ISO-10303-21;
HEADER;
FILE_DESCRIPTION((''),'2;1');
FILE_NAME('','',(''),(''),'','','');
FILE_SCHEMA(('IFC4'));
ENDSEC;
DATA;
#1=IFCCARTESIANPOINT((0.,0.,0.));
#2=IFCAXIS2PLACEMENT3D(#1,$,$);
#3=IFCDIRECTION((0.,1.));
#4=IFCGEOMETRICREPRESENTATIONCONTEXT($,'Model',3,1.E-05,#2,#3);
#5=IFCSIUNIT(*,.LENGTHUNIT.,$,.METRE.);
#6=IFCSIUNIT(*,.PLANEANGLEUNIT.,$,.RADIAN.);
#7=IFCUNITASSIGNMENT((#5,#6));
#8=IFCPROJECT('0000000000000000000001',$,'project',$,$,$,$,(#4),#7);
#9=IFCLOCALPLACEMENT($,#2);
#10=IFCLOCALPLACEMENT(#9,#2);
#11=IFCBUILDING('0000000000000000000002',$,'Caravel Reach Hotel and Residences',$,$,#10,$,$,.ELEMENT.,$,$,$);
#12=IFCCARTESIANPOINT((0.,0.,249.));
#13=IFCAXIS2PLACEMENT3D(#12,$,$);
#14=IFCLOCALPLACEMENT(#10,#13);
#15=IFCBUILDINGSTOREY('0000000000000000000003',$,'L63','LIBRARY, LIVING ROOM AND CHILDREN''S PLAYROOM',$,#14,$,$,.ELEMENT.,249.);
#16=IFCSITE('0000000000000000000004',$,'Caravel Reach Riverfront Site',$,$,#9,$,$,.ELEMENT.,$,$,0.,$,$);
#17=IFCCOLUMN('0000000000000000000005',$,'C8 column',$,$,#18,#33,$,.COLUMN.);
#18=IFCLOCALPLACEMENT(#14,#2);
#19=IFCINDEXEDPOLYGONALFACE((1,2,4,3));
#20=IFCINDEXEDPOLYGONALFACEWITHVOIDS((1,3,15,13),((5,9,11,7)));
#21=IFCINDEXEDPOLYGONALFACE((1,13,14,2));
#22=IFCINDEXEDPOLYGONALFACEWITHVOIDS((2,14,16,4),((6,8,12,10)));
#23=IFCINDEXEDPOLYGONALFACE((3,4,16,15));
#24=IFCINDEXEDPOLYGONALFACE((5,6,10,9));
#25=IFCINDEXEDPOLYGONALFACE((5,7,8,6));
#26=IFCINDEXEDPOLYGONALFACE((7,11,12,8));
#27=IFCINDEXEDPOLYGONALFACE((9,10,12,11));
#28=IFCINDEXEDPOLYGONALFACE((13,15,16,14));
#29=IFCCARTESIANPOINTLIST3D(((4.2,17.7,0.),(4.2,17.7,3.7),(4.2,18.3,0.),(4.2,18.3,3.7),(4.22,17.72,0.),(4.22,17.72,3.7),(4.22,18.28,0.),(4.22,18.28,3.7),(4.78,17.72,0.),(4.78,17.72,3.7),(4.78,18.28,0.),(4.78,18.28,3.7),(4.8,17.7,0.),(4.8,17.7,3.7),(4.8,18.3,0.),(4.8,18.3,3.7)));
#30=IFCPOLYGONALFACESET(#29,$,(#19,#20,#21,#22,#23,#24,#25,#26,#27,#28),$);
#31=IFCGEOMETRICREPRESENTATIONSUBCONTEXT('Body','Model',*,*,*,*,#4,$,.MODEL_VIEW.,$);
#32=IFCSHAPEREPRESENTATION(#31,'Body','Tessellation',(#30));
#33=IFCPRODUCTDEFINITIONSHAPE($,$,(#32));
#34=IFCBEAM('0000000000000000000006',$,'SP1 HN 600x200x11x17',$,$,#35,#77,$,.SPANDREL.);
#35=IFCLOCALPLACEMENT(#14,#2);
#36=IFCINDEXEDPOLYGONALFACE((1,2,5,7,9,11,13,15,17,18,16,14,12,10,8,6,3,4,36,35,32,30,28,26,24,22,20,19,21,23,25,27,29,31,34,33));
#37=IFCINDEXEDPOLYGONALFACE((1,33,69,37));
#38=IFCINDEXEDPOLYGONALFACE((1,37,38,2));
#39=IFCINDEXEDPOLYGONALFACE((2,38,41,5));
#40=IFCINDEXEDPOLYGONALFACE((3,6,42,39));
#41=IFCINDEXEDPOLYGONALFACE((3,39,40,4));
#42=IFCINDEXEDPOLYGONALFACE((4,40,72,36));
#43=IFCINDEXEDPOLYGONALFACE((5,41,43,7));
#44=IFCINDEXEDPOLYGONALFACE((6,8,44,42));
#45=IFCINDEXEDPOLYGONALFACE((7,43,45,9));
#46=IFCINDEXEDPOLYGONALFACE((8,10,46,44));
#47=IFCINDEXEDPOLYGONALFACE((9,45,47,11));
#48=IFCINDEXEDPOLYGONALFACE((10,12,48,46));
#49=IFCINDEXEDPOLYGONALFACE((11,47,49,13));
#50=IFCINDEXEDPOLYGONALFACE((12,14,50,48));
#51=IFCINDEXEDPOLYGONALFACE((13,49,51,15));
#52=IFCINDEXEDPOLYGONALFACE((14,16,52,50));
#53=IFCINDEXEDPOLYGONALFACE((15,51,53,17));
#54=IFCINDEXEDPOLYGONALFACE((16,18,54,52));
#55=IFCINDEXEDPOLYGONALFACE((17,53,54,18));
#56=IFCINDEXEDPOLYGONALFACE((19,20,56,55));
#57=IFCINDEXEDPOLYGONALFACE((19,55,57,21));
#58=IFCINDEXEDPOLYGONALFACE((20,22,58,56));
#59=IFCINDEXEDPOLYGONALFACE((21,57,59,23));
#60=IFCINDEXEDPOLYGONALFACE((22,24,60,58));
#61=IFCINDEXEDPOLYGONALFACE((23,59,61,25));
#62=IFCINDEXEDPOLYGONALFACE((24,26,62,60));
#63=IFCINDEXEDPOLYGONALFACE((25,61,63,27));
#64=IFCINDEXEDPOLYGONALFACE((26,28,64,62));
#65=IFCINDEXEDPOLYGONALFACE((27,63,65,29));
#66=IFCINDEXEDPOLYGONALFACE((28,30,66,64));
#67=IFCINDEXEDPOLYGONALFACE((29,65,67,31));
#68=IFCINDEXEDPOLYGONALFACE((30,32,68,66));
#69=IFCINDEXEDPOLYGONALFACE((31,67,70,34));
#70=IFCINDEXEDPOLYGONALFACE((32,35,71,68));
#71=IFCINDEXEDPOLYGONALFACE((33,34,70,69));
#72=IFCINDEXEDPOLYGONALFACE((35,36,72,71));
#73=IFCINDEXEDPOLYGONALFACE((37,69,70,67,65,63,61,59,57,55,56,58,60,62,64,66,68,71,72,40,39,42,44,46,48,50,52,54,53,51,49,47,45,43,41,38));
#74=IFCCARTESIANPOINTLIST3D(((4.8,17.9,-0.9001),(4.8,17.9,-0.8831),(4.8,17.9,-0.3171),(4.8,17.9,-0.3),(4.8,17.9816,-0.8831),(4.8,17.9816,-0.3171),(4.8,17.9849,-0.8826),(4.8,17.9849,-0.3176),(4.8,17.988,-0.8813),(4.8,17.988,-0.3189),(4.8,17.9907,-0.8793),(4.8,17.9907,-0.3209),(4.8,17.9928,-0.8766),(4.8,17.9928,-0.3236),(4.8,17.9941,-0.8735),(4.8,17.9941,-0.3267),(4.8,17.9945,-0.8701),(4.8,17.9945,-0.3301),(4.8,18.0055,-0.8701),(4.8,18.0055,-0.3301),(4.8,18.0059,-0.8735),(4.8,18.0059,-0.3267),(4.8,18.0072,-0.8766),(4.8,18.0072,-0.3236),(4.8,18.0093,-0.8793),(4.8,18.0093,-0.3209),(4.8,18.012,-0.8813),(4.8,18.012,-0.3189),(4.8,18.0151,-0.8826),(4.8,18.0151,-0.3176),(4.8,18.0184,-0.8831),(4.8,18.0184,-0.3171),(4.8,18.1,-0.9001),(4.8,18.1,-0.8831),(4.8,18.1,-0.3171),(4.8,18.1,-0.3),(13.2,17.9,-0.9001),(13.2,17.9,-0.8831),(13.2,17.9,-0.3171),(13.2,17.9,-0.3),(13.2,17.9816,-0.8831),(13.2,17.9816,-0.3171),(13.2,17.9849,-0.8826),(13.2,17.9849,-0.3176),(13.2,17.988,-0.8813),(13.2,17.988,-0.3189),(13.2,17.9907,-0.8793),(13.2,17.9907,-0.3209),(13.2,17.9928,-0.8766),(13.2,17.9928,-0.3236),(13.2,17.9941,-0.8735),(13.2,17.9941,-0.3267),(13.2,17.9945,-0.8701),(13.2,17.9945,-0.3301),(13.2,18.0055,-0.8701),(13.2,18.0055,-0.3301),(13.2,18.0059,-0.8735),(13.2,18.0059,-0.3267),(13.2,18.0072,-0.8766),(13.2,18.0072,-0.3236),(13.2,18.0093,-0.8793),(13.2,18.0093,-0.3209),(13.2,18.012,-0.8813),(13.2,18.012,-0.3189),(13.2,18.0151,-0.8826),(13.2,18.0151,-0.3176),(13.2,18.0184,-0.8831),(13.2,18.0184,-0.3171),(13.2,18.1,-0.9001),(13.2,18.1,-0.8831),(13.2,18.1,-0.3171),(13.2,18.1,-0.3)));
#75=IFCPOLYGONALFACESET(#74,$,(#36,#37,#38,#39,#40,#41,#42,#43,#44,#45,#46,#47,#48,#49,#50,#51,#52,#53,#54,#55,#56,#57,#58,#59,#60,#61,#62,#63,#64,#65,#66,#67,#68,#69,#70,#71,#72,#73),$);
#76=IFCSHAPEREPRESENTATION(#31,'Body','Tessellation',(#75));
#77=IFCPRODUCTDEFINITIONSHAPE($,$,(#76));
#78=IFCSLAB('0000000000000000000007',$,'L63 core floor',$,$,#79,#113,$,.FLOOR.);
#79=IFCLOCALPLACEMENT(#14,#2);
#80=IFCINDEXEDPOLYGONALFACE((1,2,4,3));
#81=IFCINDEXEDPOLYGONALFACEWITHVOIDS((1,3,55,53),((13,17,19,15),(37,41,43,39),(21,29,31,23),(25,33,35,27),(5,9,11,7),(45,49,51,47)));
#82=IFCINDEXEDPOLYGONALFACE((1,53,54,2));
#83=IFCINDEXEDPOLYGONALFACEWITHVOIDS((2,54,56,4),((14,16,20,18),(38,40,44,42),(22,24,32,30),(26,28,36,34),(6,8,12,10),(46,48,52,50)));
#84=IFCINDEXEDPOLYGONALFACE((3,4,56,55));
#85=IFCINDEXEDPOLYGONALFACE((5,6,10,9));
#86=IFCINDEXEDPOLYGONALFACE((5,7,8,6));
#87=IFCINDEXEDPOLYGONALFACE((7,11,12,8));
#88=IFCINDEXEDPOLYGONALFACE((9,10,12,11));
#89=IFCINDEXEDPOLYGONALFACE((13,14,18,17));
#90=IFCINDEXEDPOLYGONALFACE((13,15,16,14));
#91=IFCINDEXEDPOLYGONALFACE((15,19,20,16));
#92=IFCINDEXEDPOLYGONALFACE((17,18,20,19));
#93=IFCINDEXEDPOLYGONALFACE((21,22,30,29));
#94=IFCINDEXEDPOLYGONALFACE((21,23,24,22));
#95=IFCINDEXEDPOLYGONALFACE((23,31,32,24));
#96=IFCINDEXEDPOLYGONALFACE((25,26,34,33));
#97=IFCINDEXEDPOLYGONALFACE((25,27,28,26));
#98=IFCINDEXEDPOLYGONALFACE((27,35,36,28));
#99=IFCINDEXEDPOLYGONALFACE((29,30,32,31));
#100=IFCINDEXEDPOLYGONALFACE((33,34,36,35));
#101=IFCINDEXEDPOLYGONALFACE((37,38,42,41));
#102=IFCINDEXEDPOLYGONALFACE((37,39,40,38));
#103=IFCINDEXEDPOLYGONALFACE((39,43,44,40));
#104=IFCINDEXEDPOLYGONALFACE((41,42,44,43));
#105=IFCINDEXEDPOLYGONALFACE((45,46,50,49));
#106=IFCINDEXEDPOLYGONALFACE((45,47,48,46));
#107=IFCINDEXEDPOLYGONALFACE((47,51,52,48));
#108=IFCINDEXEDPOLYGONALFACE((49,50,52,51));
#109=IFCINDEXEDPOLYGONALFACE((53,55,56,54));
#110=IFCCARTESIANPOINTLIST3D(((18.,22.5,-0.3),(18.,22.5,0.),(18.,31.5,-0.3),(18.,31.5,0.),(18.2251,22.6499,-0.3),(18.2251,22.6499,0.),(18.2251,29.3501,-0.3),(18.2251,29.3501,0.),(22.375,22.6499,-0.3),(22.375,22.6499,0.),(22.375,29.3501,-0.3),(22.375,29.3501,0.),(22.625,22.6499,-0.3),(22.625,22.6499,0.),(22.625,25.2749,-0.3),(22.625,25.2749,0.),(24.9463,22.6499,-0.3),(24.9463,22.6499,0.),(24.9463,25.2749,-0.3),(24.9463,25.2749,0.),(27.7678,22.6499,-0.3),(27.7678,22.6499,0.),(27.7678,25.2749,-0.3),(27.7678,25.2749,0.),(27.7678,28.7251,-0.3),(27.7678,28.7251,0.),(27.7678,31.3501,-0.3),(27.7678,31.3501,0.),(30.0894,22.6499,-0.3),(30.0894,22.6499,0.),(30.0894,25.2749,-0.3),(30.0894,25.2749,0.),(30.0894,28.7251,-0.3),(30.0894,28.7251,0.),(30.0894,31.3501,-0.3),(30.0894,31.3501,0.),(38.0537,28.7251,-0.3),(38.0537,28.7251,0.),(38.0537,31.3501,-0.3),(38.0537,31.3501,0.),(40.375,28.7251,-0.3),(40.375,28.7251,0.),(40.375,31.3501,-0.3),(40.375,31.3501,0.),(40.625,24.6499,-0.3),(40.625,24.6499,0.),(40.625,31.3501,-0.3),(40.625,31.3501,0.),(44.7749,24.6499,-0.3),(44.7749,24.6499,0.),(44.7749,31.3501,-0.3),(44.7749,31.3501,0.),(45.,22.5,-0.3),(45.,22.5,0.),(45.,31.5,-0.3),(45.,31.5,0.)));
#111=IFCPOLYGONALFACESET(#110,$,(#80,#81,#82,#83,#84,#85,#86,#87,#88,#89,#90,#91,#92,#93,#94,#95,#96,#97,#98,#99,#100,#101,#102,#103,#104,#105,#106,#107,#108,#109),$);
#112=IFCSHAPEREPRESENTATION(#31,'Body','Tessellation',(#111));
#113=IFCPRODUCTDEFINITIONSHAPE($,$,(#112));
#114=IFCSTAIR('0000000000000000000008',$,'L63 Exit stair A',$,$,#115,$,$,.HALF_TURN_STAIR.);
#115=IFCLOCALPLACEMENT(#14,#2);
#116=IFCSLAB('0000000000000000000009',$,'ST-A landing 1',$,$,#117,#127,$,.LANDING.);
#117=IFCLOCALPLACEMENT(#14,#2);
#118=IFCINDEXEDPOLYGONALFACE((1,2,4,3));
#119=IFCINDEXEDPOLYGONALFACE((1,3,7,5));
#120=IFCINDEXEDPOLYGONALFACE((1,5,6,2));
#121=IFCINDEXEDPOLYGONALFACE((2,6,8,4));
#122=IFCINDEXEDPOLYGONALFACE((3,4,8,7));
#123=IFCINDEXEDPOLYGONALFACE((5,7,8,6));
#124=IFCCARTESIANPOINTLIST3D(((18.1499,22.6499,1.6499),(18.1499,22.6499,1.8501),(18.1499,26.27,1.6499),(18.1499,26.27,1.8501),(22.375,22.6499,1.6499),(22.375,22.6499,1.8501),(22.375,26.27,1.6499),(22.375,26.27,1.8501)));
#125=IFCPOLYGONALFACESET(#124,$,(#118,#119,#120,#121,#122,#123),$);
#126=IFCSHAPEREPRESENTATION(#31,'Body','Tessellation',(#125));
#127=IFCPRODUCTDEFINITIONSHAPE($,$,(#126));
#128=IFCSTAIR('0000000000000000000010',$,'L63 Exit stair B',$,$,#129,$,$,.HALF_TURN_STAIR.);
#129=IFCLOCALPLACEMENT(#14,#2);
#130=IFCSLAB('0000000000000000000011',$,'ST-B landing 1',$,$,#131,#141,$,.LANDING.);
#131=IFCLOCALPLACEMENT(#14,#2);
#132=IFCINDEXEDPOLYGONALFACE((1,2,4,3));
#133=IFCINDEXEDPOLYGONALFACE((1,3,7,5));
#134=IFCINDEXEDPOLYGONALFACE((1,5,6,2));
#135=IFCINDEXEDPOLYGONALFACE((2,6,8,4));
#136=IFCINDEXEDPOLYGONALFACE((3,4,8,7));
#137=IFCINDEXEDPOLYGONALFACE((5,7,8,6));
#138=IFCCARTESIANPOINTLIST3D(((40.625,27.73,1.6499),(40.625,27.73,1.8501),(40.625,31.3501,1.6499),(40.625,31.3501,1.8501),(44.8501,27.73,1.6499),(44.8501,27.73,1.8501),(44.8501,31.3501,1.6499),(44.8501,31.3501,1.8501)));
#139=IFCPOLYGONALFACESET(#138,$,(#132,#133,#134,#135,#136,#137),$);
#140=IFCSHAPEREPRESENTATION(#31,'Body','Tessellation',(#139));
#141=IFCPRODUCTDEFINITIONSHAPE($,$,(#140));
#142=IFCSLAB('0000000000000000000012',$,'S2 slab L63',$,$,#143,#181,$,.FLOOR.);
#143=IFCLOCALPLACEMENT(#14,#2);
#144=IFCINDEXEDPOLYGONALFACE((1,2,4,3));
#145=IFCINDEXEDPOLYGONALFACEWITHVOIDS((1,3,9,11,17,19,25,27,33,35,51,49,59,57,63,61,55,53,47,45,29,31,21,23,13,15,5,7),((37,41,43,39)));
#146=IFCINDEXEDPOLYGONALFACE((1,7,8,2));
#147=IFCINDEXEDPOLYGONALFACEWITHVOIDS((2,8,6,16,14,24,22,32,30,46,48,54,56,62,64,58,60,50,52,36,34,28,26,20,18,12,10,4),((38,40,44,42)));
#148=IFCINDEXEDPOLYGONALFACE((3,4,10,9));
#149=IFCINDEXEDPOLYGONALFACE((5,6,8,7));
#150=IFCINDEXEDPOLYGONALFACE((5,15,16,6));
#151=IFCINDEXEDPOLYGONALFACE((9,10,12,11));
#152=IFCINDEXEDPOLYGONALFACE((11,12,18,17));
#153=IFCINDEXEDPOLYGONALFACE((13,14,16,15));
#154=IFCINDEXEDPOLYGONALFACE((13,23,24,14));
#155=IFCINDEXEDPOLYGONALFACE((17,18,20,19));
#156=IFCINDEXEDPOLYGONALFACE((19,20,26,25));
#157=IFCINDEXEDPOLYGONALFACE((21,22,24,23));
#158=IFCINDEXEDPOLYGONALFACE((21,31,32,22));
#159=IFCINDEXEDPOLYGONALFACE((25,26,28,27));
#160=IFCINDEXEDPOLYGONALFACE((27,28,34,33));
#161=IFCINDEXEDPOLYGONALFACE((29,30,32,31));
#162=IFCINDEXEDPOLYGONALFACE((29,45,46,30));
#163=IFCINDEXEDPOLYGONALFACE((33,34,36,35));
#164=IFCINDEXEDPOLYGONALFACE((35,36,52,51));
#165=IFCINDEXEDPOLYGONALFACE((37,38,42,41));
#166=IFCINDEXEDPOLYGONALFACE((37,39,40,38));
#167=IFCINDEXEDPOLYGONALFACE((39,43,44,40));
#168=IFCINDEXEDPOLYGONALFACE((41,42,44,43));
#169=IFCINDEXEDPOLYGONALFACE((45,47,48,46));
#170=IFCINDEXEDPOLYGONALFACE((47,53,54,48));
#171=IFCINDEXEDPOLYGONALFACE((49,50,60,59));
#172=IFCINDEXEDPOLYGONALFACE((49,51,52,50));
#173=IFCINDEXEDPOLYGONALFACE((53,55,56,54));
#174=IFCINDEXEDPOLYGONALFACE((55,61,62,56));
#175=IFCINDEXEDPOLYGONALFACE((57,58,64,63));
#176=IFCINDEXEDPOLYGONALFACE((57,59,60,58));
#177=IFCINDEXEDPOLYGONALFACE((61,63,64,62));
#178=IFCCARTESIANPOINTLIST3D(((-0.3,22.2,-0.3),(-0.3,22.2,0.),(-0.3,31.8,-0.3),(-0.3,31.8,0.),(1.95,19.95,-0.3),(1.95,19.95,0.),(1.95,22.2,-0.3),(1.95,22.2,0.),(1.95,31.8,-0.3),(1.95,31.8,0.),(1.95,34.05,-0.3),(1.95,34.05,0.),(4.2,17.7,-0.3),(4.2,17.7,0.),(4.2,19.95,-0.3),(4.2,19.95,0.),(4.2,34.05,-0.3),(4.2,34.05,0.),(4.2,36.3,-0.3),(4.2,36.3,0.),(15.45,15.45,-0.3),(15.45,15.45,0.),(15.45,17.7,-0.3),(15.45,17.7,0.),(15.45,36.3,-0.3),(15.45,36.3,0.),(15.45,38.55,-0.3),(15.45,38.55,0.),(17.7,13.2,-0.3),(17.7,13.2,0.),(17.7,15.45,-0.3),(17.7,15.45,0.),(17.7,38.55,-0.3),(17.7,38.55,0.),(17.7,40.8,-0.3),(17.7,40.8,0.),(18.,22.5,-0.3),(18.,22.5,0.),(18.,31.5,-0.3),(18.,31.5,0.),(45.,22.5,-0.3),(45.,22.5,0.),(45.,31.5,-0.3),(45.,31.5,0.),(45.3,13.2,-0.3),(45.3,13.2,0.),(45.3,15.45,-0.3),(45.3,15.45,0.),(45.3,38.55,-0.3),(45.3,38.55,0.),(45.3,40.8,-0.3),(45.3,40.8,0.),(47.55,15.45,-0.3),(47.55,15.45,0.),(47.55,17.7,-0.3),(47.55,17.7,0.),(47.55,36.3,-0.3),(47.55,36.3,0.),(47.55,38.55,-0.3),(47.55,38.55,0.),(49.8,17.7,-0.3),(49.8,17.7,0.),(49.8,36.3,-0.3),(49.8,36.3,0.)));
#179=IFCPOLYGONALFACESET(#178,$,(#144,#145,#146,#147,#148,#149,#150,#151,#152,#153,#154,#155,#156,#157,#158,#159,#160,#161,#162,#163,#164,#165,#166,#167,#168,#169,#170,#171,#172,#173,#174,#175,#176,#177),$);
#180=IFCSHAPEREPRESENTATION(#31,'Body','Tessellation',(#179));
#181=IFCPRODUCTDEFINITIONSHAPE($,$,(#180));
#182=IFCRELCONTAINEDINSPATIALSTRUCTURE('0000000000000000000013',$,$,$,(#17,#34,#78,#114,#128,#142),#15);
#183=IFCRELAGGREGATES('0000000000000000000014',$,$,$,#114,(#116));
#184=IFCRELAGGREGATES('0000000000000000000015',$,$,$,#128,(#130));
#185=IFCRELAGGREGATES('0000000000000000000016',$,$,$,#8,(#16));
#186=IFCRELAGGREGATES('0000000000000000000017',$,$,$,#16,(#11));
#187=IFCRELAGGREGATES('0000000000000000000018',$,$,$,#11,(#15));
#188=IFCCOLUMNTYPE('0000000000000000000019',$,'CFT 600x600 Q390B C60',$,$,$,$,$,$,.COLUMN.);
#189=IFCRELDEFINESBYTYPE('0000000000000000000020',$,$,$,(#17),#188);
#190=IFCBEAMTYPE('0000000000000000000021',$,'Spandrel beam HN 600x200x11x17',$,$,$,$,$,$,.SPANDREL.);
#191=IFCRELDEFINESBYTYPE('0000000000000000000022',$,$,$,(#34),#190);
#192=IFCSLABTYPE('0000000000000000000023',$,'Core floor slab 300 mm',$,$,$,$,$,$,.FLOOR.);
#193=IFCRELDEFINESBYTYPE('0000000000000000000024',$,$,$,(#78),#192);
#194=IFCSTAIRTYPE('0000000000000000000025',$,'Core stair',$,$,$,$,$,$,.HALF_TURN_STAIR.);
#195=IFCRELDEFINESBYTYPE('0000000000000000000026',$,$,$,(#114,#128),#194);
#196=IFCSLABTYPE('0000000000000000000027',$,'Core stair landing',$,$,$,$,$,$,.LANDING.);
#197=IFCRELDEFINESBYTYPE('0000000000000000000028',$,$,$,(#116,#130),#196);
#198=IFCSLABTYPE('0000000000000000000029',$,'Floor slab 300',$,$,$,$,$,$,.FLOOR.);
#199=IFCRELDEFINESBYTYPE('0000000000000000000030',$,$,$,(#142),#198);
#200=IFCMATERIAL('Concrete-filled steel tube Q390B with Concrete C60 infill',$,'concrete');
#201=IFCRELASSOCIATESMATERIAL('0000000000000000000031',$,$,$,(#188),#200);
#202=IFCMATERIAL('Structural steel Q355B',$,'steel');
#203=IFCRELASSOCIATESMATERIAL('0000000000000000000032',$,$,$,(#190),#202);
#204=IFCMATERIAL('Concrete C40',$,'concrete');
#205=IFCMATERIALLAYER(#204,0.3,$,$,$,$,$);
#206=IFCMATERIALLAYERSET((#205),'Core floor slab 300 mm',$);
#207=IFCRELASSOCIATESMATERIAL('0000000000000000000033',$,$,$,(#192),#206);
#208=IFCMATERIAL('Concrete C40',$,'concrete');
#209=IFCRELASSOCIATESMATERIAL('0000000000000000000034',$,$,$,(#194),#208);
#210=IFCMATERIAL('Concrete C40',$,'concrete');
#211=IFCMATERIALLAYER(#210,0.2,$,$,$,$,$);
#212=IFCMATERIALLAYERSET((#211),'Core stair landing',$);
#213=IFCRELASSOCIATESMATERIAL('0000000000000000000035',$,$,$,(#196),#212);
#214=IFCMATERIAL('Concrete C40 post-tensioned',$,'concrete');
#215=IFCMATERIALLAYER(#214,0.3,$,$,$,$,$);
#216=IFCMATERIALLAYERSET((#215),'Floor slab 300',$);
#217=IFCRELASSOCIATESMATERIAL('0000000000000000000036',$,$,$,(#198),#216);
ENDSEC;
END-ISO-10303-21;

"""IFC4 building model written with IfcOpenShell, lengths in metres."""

from ifc_helpers import new_model, si_unit, direction, frame, origin, origin_2d, place, context, subcontext, project, spatial, polyline, hollow_rectangle, i_section, outline, extrude, material, layer, layer_set, material_profile, profile_set, type_object, element, aggregate, save


model = new_model("IFC4")

# Units and contexts
model_context = context("Model", 3, precision=1e-05, world=origin(), true_north=direction((0.0, 1.0)))
body_context = subcontext(model_context, "Body", "Model", "MODEL_VIEW")
ifc_project = project(units=[si_unit("LENGTHUNIT", "METRE"), si_unit("PLANEANGLEUNIT", "RADIAN")], contexts=[model_context])

# Site, building, storey
site_placement = place(None, origin())
site = spatial("IfcSite", under=ifc_project, at=site_placement, Name="Caravel Reach Riverfront Site", CompositionType="ELEMENT", RefElevation=0.0)
building_placement = place(site_placement, origin())
building = spatial("IfcBuilding", under=site, at=building_placement, Name="Caravel Reach Hotel and Residences", CompositionType="ELEMENT")
storey_placement = place(building_placement, frame((0.0, 0.0, 249.0)))
storey = spatial("IfcBuildingStorey", under=building, at=storey_placement, Name="L63", Description="LIBRARY, LIVING ROOM AND CHILDREN'S PLAYROOM", CompositionType="ELEMENT", Elevation=249.0)

# Column
ifc_material_1 = material(Name="Concrete-filled steel tube Q390B with Concrete C60 infill", Category="concrete")
ifc_material_profile_1 = material_profile(ifc_material_1, hollow_rectangle(XDim=0.6001, YDim=0.6001, WallThickness=0.02, at=origin_2d()), Name="RHS 600x600x20")
ifc_profile_set_1 = profile_set([ifc_material_profile_1], Name="Concrete-filled steel tube Q390B with Concrete C60 infill")
column_type = type_object("IfcColumnType", Name="CFT 600x600 Q390B C60", PredefinedType="COLUMN", material=ifc_profile_set_1)
column_placement = place(storey_placement, frame((4.5, 18.0, 0.0), z_axis=(0.0, 0.0, 1.0), x_axis=(1.0, 0.0, 0.0)))
element("IfcColumn", 1, at=column_placement, inside=storey, type_object=column_type, Name="C8 column", PredefinedType="COLUMN", context=body_context, shape_type="SweptSolid", body=[
    extrude(hollow_rectangle(XDim=0.6001, YDim=0.6001, WallThickness=0.02, at=origin_2d()), origin(), (0.0, 0.0, 1.0), 3.7),
])

# Beam
ifc_material_2 = material(Name="Structural steel Q355B", Category="steel")
ifc_material_profile_2 = material_profile(ifc_material_2, i_section(OverallWidth=0.2, OverallDepth=0.6001, WebThickness=0.011, FlangeThickness=0.0171, FilletRadius=0.0129, at=origin_2d()), Name="HN 600x200x11x17")
ifc_profile_set_2 = profile_set([ifc_material_profile_2], Name="Structural steel Q355B")
beam_type = type_object("IfcBeamType", Name="Spandrel beam HN 600x200x11x17", PredefinedType="SPANDREL", material=ifc_profile_set_2)
beam_placement = place(storey_placement, frame((4.8, 18.0, -0.6001), z_axis=(1.0, 0.0, 0.0), x_axis=(0.0, 1.0, 0.0)))
element("IfcBeam", 2, at=beam_placement, inside=storey, type_object=beam_type, Name="SP1 HN 600x200x11x17", PredefinedType="SPANDREL", context=body_context, shape_type="SweptSolid", body=[
    extrude(i_section(OverallWidth=0.2, OverallDepth=0.6001, WebThickness=0.011, FlangeThickness=0.0171, FilletRadius=0.0129, at=origin_2d()), origin(), (0.0, 0.0, 1.0), 8.3999),
])

# Slab
ifc_material_3 = material(Name="Concrete C40", Category="concrete")
ifc_layer_1 = layer(ifc_material_3, 0.3)
ifc_layer_set_1 = layer_set([ifc_layer_1], Name="Core floor slab 300 mm")
slab_type_1 = type_object("IfcSlabType", Name="Core floor slab 300 mm", PredefinedType="FLOOR", material=ifc_layer_set_1)
slab_1_placement = place(storey_placement, frame((0.0, 0.0, -0.3)))
element("IfcSlab", 3, at=slab_1_placement, inside=storey, type_object=slab_type_1, Name="L63 core floor", PredefinedType="FLOOR", context=body_context, shape_type="SweptSolid", body=[
    extrude(outline(polyline([(18.0, 31.5), (45.0, 31.5), (45.0, 22.5), (18.0, 22.5), (18.0, 31.5)]), holes=[polyline([(22.625, 22.6499), (24.9463, 22.6499), (24.9463, 25.2749), (22.625, 25.2749), (22.625, 22.6499)]), polyline([(27.7678, 25.2749), (27.7678, 22.6499), (30.0894, 22.6499), (30.0894, 25.2749), (27.7678, 25.2749)]), polyline([(22.375, 22.6499), (22.375, 29.3501), (18.2251, 29.3501), (18.2251, 22.6499), (22.375, 22.6499)]), polyline([(40.625, 24.6499), (44.7749, 24.6499), (44.7749, 31.3501), (40.625, 31.3501), (40.625, 24.6499)]), polyline([(27.7678, 31.3501), (27.7678, 28.7251), (30.0894, 28.7251), (30.0894, 31.3501), (27.7678, 31.3501)]), polyline([(38.0537, 31.3501), (38.0537, 28.7251), (40.375, 28.7251), (40.375, 31.3501), (38.0537, 31.3501)])]), origin(), (0.0, 0.0, 1.0), 0.3),
])

# Stairs, slabs
ifc_material_4 = material(Name="Concrete C40", Category="concrete")
stair_type = type_object("IfcStairType", Name="Core stair", PredefinedType="HALF_TURN_STAIR", material=ifc_material_4)
stair_1_placement = place(storey_placement, origin())
stair_1 = element("IfcStair", 4, at=stair_1_placement, inside=storey, type_object=stair_type, Name="L63 Exit stair A", PredefinedType="HALF_TURN_STAIR")
ifc_material_5 = material(Name="Concrete C40", Category="concrete")
ifc_layer_2 = layer(ifc_material_5, 0.2)
ifc_layer_set_2 = layer_set([ifc_layer_2], Name="Core stair landing")
slab_type_2 = type_object("IfcSlabType", Name="Core stair landing", PredefinedType="LANDING", material=ifc_layer_set_2)
slab_2_placement = place(storey_placement, frame((0.0, 0.0, 1.6499)))
slab_2 = element("IfcSlab", 5, at=slab_2_placement, type_object=slab_type_2, Name="ST-A landing 1", PredefinedType="LANDING", context=body_context, shape_type="SweptSolid", body=[
    extrude(outline(polyline([(18.1499, 26.27), (18.1499, 22.6499), (22.375, 22.6499), (22.375, 26.27), (18.1499, 26.27)])), origin(), (0.0, 0.0, 1.0), 0.2002),
])
aggregate(stair_1, [slab_2])
stair_2_placement = place(storey_placement, origin())
stair_2 = element("IfcStair", 6, at=stair_2_placement, inside=storey, type_object=stair_type, Name="L63 Exit stair B", PredefinedType="HALF_TURN_STAIR")
slab_3_placement = place(storey_placement, frame((0.0, 0.0, 1.6499)))
slab_3 = element("IfcSlab", 7, at=slab_3_placement, type_object=slab_type_2, Name="ST-B landing 1", PredefinedType="LANDING", context=body_context, shape_type="SweptSolid", body=[
    extrude(outline(polyline([(44.8501, 27.73), (44.8501, 31.3501), (40.625, 31.3501), (40.625, 27.73), (44.8501, 27.73)])), origin(), (0.0, 0.0, 1.0), 0.2002),
])
aggregate(stair_2, [slab_3])

# Slab
ifc_material_6 = material(Name="Concrete C40 post-tensioned", Category="concrete")
ifc_layer_3 = layer(ifc_material_6, 0.3)
ifc_layer_set_3 = layer_set([ifc_layer_3], Name="Floor slab 300")
slab_type_3 = type_object("IfcSlabType", Name="Floor slab 300", PredefinedType="FLOOR", material=ifc_layer_set_3)
slab_4_placement = place(storey_placement, frame((0.0, 0.0, -0.3)))
element("IfcSlab", 8, at=slab_4_placement, inside=storey, type_object=slab_type_3, Name="S2 slab L63", PredefinedType="FLOOR", context=body_context, shape_type="SweptSolid", body=[
    extrude(outline(polyline([(4.2, 19.95), (1.95, 19.95), (1.95, 22.2), (-0.3, 22.2), (-0.3, 31.8), (1.95, 31.8), (1.95, 34.05), (4.2, 34.05), (4.2, 36.3), (15.45, 36.3), (15.45, 38.55), (17.7, 38.55), (17.7, 40.8), (45.3, 40.8), (45.3, 38.55), (47.55, 38.55), (47.55, 36.3), (49.8, 36.3), (49.8, 17.7), (47.55, 17.7), (47.55, 15.45), (45.3, 15.45), (45.3, 13.2), (17.7, 13.2), (17.7, 15.45), (15.45, 15.45), (15.45, 17.7), (4.2, 17.7), (4.2, 19.95)]), holes=[polyline([(45.0, 31.5), (18.0, 31.5), (18.0, 22.5), (45.0, 22.5), (45.0, 31.5)])]), origin(), (0.0, 0.0, 1.0), 0.3),
])

save(model, "model.ifc")
